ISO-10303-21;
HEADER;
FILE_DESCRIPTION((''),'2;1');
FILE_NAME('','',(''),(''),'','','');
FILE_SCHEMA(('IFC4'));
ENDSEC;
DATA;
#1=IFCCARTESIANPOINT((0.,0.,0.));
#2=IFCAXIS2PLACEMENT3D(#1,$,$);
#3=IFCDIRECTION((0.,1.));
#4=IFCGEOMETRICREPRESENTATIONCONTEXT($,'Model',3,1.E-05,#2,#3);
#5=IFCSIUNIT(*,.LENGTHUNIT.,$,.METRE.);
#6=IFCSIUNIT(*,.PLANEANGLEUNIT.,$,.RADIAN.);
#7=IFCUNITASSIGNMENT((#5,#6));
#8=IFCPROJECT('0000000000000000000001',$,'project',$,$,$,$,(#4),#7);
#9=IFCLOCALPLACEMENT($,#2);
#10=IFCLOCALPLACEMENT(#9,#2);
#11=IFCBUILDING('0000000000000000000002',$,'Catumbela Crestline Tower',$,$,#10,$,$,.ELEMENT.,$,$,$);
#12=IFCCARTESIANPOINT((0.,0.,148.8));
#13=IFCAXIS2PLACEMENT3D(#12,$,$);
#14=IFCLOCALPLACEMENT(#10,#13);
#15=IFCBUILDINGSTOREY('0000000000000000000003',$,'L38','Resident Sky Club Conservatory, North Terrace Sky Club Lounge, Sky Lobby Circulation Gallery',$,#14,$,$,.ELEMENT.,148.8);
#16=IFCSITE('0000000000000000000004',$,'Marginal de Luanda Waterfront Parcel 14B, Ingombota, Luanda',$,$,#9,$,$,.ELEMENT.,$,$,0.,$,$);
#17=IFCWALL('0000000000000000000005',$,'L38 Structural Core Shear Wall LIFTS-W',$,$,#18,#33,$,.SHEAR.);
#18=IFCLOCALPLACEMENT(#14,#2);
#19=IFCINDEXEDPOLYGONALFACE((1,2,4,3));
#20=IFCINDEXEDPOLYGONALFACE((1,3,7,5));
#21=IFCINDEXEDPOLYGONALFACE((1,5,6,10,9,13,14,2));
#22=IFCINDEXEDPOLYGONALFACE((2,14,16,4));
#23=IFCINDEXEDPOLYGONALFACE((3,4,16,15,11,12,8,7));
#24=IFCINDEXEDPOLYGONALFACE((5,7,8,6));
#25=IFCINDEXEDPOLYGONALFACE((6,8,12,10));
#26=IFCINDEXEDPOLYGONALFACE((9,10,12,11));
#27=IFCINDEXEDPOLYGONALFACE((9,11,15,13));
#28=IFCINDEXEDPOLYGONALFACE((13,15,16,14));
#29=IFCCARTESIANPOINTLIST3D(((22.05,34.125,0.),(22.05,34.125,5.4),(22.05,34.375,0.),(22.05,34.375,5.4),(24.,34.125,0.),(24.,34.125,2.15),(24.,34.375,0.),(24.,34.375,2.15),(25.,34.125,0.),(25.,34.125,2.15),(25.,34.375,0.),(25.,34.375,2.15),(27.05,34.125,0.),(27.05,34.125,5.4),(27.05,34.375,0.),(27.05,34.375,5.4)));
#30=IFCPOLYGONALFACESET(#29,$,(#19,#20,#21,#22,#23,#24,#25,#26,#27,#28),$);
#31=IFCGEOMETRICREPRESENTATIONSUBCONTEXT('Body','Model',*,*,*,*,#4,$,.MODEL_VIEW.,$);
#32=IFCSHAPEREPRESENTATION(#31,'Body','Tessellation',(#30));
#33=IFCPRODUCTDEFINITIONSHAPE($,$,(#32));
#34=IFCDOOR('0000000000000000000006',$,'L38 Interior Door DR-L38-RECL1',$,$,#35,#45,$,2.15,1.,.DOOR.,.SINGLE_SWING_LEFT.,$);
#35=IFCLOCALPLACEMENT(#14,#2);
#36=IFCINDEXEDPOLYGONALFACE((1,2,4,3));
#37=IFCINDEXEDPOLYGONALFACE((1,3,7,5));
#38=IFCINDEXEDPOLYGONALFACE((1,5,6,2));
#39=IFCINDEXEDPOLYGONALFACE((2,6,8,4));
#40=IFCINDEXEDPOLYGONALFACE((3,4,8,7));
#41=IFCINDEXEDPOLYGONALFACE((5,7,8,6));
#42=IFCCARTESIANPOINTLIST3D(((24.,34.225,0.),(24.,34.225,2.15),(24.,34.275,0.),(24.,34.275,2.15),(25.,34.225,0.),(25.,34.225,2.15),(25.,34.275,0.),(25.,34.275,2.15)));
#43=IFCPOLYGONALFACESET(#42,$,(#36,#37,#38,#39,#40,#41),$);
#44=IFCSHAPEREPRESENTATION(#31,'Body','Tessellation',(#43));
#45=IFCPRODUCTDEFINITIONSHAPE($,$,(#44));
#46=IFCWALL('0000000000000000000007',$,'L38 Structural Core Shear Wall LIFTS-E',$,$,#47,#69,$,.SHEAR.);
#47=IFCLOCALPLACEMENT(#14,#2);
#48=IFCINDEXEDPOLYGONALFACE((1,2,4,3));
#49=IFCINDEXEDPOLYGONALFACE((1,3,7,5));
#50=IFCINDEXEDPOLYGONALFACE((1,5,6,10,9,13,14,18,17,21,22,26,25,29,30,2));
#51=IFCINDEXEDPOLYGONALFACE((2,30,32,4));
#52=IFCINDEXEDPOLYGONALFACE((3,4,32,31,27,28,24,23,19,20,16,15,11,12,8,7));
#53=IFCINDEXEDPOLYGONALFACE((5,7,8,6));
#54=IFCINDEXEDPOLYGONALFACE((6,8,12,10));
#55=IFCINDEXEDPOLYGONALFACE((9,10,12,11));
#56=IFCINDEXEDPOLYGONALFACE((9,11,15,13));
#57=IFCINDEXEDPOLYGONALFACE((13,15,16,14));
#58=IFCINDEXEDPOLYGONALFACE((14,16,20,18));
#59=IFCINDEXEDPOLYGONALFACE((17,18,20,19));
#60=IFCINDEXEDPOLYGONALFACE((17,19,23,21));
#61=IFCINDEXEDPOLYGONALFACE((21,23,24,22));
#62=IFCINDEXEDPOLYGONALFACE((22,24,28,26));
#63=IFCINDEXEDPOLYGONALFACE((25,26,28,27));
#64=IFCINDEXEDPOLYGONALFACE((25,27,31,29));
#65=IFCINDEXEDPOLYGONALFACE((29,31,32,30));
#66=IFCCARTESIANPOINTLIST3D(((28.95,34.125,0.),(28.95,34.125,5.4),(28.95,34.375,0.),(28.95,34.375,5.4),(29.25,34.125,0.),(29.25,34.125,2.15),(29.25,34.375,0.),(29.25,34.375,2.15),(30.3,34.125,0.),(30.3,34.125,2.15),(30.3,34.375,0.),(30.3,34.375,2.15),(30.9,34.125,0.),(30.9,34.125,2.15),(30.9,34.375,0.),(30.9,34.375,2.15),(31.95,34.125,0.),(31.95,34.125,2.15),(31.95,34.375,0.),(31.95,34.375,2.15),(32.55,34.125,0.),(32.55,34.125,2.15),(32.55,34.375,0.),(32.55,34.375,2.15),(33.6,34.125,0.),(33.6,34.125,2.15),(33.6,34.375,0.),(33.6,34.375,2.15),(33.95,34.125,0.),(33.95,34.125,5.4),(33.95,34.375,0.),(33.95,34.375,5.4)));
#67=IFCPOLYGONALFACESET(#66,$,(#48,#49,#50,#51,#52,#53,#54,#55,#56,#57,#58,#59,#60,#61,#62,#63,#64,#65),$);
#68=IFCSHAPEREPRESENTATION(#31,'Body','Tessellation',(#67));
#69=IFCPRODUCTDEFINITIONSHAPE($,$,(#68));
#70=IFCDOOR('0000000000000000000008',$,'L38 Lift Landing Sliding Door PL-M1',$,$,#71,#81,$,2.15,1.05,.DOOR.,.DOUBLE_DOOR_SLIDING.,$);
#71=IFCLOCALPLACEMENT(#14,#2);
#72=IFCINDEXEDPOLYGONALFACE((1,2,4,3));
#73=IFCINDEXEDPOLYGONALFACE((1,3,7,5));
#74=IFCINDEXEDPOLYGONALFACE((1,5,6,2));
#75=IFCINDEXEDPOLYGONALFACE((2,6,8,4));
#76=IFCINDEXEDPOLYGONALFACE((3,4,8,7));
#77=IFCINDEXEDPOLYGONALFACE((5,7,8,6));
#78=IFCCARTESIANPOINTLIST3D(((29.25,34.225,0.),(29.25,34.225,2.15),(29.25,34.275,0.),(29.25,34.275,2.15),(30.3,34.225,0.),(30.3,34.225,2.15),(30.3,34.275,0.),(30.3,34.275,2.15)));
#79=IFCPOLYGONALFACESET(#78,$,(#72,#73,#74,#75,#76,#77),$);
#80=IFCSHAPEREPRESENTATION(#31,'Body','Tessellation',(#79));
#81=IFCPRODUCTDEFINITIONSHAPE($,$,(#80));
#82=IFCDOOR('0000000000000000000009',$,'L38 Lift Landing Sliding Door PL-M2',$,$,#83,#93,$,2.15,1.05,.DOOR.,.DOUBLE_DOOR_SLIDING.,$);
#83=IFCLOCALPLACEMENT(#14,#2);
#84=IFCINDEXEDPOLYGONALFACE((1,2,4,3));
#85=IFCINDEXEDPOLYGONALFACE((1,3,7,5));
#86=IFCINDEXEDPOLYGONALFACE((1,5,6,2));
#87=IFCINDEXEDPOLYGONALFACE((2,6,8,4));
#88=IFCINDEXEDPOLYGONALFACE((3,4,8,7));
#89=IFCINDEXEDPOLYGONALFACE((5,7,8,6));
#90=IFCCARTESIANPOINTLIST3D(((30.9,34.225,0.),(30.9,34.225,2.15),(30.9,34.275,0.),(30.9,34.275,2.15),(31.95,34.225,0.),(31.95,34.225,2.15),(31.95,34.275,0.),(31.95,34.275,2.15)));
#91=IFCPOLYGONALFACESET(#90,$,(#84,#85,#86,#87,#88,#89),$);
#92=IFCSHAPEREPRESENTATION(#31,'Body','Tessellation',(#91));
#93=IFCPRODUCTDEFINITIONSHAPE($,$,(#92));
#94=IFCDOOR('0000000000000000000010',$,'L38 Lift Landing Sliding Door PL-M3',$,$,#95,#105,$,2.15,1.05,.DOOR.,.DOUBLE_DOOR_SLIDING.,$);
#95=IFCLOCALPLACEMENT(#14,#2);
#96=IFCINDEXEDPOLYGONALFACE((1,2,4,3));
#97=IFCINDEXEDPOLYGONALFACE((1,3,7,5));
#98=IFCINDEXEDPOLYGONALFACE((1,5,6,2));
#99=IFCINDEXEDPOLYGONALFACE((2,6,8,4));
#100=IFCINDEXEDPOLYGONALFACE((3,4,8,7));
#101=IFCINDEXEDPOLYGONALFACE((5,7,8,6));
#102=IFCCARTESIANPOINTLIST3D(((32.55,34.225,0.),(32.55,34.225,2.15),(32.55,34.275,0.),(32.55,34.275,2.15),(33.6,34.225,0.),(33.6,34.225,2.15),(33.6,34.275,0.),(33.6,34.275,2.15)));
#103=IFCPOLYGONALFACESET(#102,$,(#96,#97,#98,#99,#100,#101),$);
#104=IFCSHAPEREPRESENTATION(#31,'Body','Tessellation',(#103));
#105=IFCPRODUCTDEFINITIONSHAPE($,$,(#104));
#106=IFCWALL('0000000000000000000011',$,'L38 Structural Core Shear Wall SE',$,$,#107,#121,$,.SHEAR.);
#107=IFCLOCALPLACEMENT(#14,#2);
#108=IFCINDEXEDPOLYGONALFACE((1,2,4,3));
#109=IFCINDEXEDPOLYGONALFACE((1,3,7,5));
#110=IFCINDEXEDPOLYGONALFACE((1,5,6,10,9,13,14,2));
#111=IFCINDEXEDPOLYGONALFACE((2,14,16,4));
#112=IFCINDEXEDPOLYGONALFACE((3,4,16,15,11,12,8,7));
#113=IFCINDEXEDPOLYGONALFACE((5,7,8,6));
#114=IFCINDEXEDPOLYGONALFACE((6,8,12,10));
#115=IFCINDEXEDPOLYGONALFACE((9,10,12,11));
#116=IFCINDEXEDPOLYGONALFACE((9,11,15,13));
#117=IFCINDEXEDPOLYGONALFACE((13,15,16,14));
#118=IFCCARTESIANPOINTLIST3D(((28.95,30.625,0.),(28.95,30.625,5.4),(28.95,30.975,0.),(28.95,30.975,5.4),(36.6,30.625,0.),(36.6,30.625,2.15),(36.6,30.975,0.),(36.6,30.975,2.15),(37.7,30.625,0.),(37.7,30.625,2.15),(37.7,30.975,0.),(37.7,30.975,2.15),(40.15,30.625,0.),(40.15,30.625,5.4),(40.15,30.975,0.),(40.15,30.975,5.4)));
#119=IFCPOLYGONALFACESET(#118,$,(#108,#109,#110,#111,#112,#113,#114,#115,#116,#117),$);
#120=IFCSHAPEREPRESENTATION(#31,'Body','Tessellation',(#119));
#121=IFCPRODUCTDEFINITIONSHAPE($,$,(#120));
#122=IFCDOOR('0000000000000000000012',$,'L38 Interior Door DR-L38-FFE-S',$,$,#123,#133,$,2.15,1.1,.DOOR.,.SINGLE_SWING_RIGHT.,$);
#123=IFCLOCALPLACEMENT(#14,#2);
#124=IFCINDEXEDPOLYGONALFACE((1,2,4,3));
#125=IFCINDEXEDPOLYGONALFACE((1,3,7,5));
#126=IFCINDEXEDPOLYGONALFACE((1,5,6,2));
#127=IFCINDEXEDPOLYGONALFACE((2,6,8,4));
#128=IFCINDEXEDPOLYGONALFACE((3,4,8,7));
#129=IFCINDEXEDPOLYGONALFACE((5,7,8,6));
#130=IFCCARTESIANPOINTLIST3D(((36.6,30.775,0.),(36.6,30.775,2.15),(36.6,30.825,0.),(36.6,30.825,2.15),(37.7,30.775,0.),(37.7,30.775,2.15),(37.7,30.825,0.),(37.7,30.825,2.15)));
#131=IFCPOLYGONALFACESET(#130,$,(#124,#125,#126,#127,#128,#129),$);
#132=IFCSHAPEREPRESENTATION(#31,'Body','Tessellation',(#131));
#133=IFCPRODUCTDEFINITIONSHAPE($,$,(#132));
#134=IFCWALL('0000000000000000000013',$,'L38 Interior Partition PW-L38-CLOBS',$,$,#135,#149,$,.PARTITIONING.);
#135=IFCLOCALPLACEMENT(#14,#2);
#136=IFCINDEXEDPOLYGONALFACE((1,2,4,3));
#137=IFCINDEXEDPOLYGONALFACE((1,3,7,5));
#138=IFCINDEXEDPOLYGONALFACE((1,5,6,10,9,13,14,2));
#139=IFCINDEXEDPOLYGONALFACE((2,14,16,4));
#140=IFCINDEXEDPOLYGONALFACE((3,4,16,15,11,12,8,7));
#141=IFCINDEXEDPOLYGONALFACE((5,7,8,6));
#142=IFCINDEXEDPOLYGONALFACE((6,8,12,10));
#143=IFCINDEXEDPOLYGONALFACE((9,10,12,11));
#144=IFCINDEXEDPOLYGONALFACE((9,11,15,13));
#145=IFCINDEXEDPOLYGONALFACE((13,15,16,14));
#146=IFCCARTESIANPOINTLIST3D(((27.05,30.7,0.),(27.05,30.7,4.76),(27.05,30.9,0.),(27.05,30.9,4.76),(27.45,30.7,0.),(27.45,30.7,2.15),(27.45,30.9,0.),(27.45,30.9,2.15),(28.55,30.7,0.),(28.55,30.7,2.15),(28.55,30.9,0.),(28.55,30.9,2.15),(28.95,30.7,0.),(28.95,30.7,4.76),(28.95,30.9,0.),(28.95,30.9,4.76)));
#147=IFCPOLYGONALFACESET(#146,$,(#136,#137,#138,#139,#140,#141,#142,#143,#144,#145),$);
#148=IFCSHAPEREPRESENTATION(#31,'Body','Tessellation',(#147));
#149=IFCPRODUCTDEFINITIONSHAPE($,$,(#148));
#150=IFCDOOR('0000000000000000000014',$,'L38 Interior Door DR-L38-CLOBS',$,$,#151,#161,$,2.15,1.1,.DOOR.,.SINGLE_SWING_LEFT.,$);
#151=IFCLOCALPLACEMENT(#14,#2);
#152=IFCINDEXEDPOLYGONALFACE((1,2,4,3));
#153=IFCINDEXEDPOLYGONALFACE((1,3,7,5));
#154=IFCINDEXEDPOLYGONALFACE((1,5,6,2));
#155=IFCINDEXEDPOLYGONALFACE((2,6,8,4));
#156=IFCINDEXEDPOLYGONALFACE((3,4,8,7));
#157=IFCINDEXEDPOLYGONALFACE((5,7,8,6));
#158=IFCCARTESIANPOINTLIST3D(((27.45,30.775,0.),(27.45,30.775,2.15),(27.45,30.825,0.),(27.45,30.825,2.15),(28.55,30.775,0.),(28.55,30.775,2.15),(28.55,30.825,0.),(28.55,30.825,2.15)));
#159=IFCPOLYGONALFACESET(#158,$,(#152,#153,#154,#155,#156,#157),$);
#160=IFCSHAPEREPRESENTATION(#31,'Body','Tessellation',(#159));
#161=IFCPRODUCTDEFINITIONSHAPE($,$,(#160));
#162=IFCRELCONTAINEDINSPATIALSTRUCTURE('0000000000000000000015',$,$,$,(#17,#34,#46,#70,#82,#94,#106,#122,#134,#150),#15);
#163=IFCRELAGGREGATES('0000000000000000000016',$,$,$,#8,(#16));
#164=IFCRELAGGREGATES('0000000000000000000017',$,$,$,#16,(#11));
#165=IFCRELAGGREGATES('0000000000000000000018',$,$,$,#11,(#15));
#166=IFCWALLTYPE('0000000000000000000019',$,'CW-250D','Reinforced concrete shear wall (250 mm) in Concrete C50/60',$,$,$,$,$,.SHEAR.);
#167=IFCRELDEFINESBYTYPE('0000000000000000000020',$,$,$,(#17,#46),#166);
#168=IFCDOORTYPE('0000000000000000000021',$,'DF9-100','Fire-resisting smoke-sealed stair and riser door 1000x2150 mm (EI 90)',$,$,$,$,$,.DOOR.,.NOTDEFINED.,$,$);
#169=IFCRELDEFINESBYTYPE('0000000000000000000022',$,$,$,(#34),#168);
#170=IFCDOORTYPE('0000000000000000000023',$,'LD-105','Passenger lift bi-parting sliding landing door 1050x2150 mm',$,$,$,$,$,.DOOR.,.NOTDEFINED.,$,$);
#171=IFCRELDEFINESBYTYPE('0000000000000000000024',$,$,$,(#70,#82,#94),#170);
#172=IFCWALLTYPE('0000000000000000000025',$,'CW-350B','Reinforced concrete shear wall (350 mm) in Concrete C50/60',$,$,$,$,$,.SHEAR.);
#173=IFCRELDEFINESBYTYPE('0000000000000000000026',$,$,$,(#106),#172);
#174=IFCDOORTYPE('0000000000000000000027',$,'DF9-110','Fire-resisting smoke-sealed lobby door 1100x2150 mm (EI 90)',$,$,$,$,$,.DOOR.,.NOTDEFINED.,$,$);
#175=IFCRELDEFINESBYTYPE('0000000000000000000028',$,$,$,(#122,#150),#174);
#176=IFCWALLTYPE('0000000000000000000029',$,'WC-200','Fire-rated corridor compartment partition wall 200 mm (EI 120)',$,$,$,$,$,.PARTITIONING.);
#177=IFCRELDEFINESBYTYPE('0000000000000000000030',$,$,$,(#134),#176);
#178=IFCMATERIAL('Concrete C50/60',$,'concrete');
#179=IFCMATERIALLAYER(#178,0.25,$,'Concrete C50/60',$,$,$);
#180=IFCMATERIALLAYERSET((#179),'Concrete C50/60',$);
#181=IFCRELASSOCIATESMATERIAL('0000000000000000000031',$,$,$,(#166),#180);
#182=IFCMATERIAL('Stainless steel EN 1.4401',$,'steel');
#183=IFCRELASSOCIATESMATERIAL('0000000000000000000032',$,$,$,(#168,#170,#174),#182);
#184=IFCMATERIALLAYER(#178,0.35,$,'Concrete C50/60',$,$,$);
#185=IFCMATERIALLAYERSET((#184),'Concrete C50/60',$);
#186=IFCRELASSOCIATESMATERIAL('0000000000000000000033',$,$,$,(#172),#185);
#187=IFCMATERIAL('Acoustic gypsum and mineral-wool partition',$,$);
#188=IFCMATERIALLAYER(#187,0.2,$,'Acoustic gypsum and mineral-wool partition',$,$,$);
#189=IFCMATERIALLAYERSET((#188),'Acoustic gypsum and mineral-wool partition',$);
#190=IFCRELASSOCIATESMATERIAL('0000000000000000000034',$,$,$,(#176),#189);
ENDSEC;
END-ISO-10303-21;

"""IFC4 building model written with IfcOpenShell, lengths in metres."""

from ifc_helpers import new_model, si_unit, direction, frame, frame_2d, origin, place, context, subcontext, project, spatial, rectangle, extrude, material, layer, layer_set, type_object, element, fill, save


model = new_model("IFC4")

# Units and contexts
model_context = context("Model", 3, precision=1e-05, world=origin(), true_north=direction((0.0, 1.0)))
body_context = subcontext(model_context, "Body", "Model", "MODEL_VIEW")
ifc_project = project(units=[si_unit("LENGTHUNIT", "METRE"), si_unit("PLANEANGLEUNIT", "RADIAN")], contexts=[model_context])

# Site, building, storey
site_placement = place(None, origin())
site = spatial("IfcSite", under=ifc_project, at=site_placement, Name="Marginal de Luanda Waterfront Parcel 14B, Ingombota, Luanda", CompositionType="ELEMENT", RefElevation=0.0)
building_placement = place(site_placement, origin())
building = spatial("IfcBuilding", under=site, at=building_placement, Name="Catumbela Crestline Tower", CompositionType="ELEMENT")
storey_placement = place(building_placement, frame((0.0, 0.0, 148.8)))
storey = spatial("IfcBuildingStorey", under=building, at=storey_placement, Name="L38", Description="Resident Sky Club Conservatory, North Terrace Sky Club Lounge, Sky Lobby Circulation Gallery", CompositionType="ELEMENT", Elevation=148.8)

# Wall, opening, door
ifc_material_1 = material(Name="Concrete C50/60", Category="concrete")
ifc_layer_1 = layer(ifc_material_1, 0.25, Name="Concrete C50/60")
ifc_layer_set_1 = layer_set([ifc_layer_1], Name="Concrete C50/60")
wall_type_1 = type_object("IfcWallType", Name="CW-250D", Description="Reinforced concrete shear wall (250 mm) in Concrete C50/60", PredefinedType="SHEAR", material=ifc_layer_set_1)
wall_1_placement = place(storey_placement, frame((22.05, 34.25, 0.0), z_axis=(0.0, 0.0, 1.0), x_axis=(1.0, 0.0, 0.0)))
wall_1 = element("IfcWall", 1, at=wall_1_placement, inside=storey, type_object=wall_type_1, Name="L38 Structural Core Shear Wall LIFTS-W", PredefinedType="SHEAR", context=body_context, shape_type="SweptSolid", body=[
    extrude(rectangle(XDim=5.0, YDim=0.25, at=frame_2d((2.5, 0.0))), origin(), (0.0, 0.0, 1.0), 5.4),
])
opening_1_placement = place(wall_1_placement, frame((1.95, 0.0, 0.0)))
opening_1 = element("IfcOpeningElement", 2, at=opening_1_placement, cuts=wall_1, PredefinedType="OPENING", context=body_context, shape_type="SweptSolid", body=[
    extrude(rectangle(XDim=1.0, YDim=2.15, at=frame_2d((0.5, 1.075))), frame((0.0, 0.135, 0.0), z_axis=(0.0, -1.0, 0.0), x_axis=(1.0, 0.0, 0.0)), (0.0, 0.0, 1.0), 0.27),
])
ifc_material_2 = material(Name="Stainless steel EN 1.4401", Category="steel")
door_type_1 = type_object("IfcDoorType", Name="DF9-100", Description="Fire-resisting smoke-sealed stair and riser door 1000x2150 mm (EI 90)", OperationType="NOTDEFINED", PredefinedType="DOOR", material=ifc_material_2)
door_1_placement = place(opening_1_placement, origin())
door_1 = element("IfcDoor", 3, at=door_1_placement, inside=storey, type_object=door_type_1, Name="L38 Interior Door DR-L38-RECL1", OperationType="SINGLE_SWING_LEFT", OverallHeight=2.15, OverallWidth=1.0, PredefinedType="DOOR", context=body_context, shape_type="SweptSolid", body=[
    extrude(rectangle(XDim=1.0, YDim=2.15, at=frame_2d((0.5, 1.075))), frame((0.0, 0.025, 0.0), z_axis=(0.0, -1.0, 0.0), x_axis=(1.0, 0.0, 0.0)), (0.0, 0.0, 1.0), 0.05),
])
fill(opening_1, door_1)

# Wall, openings, doors
wall_2_placement = place(storey_placement, frame((28.95, 34.25, 0.0), z_axis=(0.0, 0.0, 1.0), x_axis=(1.0, 0.0, 0.0)))
wall_2 = element("IfcWall", 4, at=wall_2_placement, inside=storey, type_object=wall_type_1, Name="L38 Structural Core Shear Wall LIFTS-E", PredefinedType="SHEAR", context=body_context, shape_type="SweptSolid", body=[
    extrude(rectangle(XDim=5.0, YDim=0.25, at=frame_2d((2.5, 0.0))), origin(), (0.0, 0.0, 1.0), 5.4),
])
opening_2_placement = place(wall_2_placement, frame((0.3, 0.0, 0.0)))
opening_2 = element("IfcOpeningElement", 5, at=opening_2_placement, cuts=wall_2, PredefinedType="OPENING", context=body_context, shape_type="SweptSolid", body=[
    extrude(rectangle(XDim=1.05, YDim=2.15, at=frame_2d((0.525, 1.075))), frame((0.0, 0.135, 0.0), z_axis=(0.0, -1.0, 0.0), x_axis=(1.0, 0.0, 0.0)), (0.0, 0.0, 1.0), 0.27),
])
opening_3_placement = place(wall_2_placement, frame((1.95, 0.0, 0.0)))
opening_3 = element("IfcOpeningElement", 6, at=opening_3_placement, cuts=wall_2, PredefinedType="OPENING", context=body_context, shape_type="SweptSolid", body=[
    extrude(rectangle(XDim=1.05, YDim=2.15, at=frame_2d((0.525, 1.075))), frame((0.0, 0.135, 0.0), z_axis=(0.0, -1.0, 0.0), x_axis=(1.0, 0.0, 0.0)), (0.0, 0.0, 1.0), 0.27),
])
opening_4_placement = place(wall_2_placement, frame((3.6, 0.0, 0.0)))
opening_4 = element("IfcOpeningElement", 7, at=opening_4_placement, cuts=wall_2, PredefinedType="OPENING", context=body_context, shape_type="SweptSolid", body=[
    extrude(rectangle(XDim=1.05, YDim=2.15, at=frame_2d((0.525, 1.075))), frame((0.0, 0.135, 0.0), z_axis=(0.0, -1.0, 0.0), x_axis=(1.0, 0.0, 0.0)), (0.0, 0.0, 1.0), 0.27),
])
door_type_2 = type_object("IfcDoorType", Name="LD-105", Description="Passenger lift bi-parting sliding landing door 1050x2150 mm", OperationType="NOTDEFINED", PredefinedType="DOOR", material=ifc_material_2)
door_2_placement = place(opening_2_placement, origin())
door_2 = element("IfcDoor", 8, at=door_2_placement, inside=storey, type_object=door_type_2, Name="L38 Lift Landing Sliding Door PL-M1", OperationType="DOUBLE_DOOR_SLIDING", OverallHeight=2.15, OverallWidth=1.05, PredefinedType="DOOR", context=body_context, shape_type="SweptSolid", body=[
    extrude(rectangle(XDim=1.05, YDim=2.15, at=frame_2d((0.525, 1.075))), frame((0.0, 0.025, 0.0), z_axis=(0.0, -1.0, 0.0), x_axis=(1.0, 0.0, 0.0)), (0.0, 0.0, 1.0), 0.05),
])
fill(opening_2, door_2)
door_3_placement = place(opening_3_placement, origin())
door_3 = element("IfcDoor", 9, at=door_3_placement, inside=storey, type_object=door_type_2, Name="L38 Lift Landing Sliding Door PL-M2", OperationType="DOUBLE_DOOR_SLIDING", OverallHeight=2.15, OverallWidth=1.05, PredefinedType="DOOR", context=body_context, shape_type="SweptSolid", body=[
    extrude(rectangle(XDim=1.05, YDim=2.15, at=frame_2d((0.525, 1.075))), frame((0.0, 0.025, 0.0), z_axis=(0.0, -1.0, 0.0), x_axis=(1.0, 0.0, 0.0)), (0.0, 0.0, 1.0), 0.05),
])
fill(opening_3, door_3)
door_4_placement = place(opening_4_placement, origin())
door_4 = element("IfcDoor", 10, at=door_4_placement, inside=storey, type_object=door_type_2, Name="L38 Lift Landing Sliding Door PL-M3", OperationType="DOUBLE_DOOR_SLIDING", OverallHeight=2.15, OverallWidth=1.05, PredefinedType="DOOR", context=body_context, shape_type="SweptSolid", body=[
    extrude(rectangle(XDim=1.05, YDim=2.15, at=frame_2d((0.525, 1.075))), frame((0.0, 0.025, 0.0), z_axis=(0.0, -1.0, 0.0), x_axis=(1.0, 0.0, 0.0)), (0.0, 0.0, 1.0), 0.05),
])
fill(opening_4, door_4)

# Walls, openings, doors
ifc_layer_2 = layer(ifc_material_1, 0.35, Name="Concrete C50/60")
ifc_layer_set_2 = layer_set([ifc_layer_2], Name="Concrete C50/60")
wall_type_2 = type_object("IfcWallType", Name="CW-350B", Description="Reinforced concrete shear wall (350 mm) in Concrete C50/60", PredefinedType="SHEAR", material=ifc_layer_set_2)
wall_3_placement = place(storey_placement, frame((28.95, 30.8, 0.0), z_axis=(0.0, 0.0, 1.0), x_axis=(1.0, 0.0, 0.0)))
wall_3 = element("IfcWall", 11, at=wall_3_placement, inside=storey, type_object=wall_type_2, Name="L38 Structural Core Shear Wall SE", PredefinedType="SHEAR", context=body_context, shape_type="SweptSolid", body=[
    extrude(rectangle(XDim=11.2, YDim=0.35, at=frame_2d((5.6, 0.0))), origin(), (0.0, 0.0, 1.0), 5.4),
])
opening_5_placement = place(wall_3_placement, frame((7.65, 0.0, 0.0)))
opening_5 = element("IfcOpeningElement", 12, at=opening_5_placement, cuts=wall_3, PredefinedType="OPENING", context=body_context, shape_type="SweptSolid", body=[
    extrude(rectangle(XDim=1.1, YDim=2.15, at=frame_2d((0.55, 1.075))), frame((0.0, 0.185, 0.0), z_axis=(0.0, -1.0, 0.0), x_axis=(1.0, 0.0, 0.0)), (0.0, 0.0, 1.0), 0.37),
])
door_type_3 = type_object("IfcDoorType", Name="DF9-110", Description="Fire-resisting smoke-sealed lobby door 1100x2150 mm (EI 90)", OperationType="NOTDEFINED", PredefinedType="DOOR", material=ifc_material_2)
door_5_placement = place(opening_5_placement, origin())
door_5 = element("IfcDoor", 13, at=door_5_placement, inside=storey, type_object=door_type_3, Name="L38 Interior Door DR-L38-FFE-S", OperationType="SINGLE_SWING_RIGHT", OverallHeight=2.15, OverallWidth=1.1, PredefinedType="DOOR", context=body_context, shape_type="SweptSolid", body=[
    extrude(rectangle(XDim=1.1, YDim=2.15, at=frame_2d((0.55, 1.075))), frame((0.0, 0.025, 0.0), z_axis=(0.0, -1.0, 0.0), x_axis=(1.0, 0.0, 0.0)), (0.0, 0.0, 1.0), 0.05),
])
fill(opening_5, door_5)
ifc_material_3 = material(Name="Acoustic gypsum and mineral-wool partition")
ifc_layer_3 = layer(ifc_material_3, 0.2, Name="Acoustic gypsum and mineral-wool partition")
ifc_layer_set_3 = layer_set([ifc_layer_3], Name="Acoustic gypsum and mineral-wool partition")
wall_type_3 = type_object("IfcWallType", Name="WC-200", Description="Fire-rated corridor compartment partition wall 200 mm (EI 120)", PredefinedType="PARTITIONING", material=ifc_layer_set_3)
wall_4_placement = place(storey_placement, frame((27.05, 30.8, 0.0), z_axis=(0.0, 0.0, 1.0), x_axis=(1.0, 0.0, 0.0)))
wall_4 = element("IfcWall", 14, at=wall_4_placement, inside=storey, type_object=wall_type_3, Name="L38 Interior Partition PW-L38-CLOBS", PredefinedType="PARTITIONING", context=body_context, shape_type="SweptSolid", body=[
    extrude(rectangle(XDim=1.9, YDim=0.2, at=frame_2d((0.95, 0.0))), origin(), (0.0, 0.0, 1.0), 4.76),
])
opening_6_placement = place(wall_4_placement, frame((0.4, 0.0, 0.0)))
opening_6 = element("IfcOpeningElement", 15, at=opening_6_placement, cuts=wall_4, PredefinedType="OPENING", context=body_context, shape_type="SweptSolid", body=[
    extrude(rectangle(XDim=1.1, YDim=2.15, at=frame_2d((0.55, 1.075))), frame((0.0, 0.11, 0.0), z_axis=(0.0, -1.0, 0.0), x_axis=(1.0, 0.0, 0.0)), (0.0, 0.0, 1.0), 0.22),
])
door_6_placement = place(opening_6_placement, origin())
door_6 = element("IfcDoor", 16, at=door_6_placement, inside=storey, type_object=door_type_3, Name="L38 Interior Door DR-L38-CLOBS", OperationType="SINGLE_SWING_LEFT", OverallHeight=2.15, OverallWidth=1.1, PredefinedType="DOOR", context=body_context, shape_type="SweptSolid", body=[
    extrude(rectangle(XDim=1.1, YDim=2.15, at=frame_2d((0.55, 1.075))), frame((0.0, 0.025, 0.0), z_axis=(0.0, -1.0, 0.0), x_axis=(1.0, 0.0, 0.0)), (0.0, 0.0, 1.0), 0.05),
])
fill(opening_6, door_6)

save(model, "model.ifc")
